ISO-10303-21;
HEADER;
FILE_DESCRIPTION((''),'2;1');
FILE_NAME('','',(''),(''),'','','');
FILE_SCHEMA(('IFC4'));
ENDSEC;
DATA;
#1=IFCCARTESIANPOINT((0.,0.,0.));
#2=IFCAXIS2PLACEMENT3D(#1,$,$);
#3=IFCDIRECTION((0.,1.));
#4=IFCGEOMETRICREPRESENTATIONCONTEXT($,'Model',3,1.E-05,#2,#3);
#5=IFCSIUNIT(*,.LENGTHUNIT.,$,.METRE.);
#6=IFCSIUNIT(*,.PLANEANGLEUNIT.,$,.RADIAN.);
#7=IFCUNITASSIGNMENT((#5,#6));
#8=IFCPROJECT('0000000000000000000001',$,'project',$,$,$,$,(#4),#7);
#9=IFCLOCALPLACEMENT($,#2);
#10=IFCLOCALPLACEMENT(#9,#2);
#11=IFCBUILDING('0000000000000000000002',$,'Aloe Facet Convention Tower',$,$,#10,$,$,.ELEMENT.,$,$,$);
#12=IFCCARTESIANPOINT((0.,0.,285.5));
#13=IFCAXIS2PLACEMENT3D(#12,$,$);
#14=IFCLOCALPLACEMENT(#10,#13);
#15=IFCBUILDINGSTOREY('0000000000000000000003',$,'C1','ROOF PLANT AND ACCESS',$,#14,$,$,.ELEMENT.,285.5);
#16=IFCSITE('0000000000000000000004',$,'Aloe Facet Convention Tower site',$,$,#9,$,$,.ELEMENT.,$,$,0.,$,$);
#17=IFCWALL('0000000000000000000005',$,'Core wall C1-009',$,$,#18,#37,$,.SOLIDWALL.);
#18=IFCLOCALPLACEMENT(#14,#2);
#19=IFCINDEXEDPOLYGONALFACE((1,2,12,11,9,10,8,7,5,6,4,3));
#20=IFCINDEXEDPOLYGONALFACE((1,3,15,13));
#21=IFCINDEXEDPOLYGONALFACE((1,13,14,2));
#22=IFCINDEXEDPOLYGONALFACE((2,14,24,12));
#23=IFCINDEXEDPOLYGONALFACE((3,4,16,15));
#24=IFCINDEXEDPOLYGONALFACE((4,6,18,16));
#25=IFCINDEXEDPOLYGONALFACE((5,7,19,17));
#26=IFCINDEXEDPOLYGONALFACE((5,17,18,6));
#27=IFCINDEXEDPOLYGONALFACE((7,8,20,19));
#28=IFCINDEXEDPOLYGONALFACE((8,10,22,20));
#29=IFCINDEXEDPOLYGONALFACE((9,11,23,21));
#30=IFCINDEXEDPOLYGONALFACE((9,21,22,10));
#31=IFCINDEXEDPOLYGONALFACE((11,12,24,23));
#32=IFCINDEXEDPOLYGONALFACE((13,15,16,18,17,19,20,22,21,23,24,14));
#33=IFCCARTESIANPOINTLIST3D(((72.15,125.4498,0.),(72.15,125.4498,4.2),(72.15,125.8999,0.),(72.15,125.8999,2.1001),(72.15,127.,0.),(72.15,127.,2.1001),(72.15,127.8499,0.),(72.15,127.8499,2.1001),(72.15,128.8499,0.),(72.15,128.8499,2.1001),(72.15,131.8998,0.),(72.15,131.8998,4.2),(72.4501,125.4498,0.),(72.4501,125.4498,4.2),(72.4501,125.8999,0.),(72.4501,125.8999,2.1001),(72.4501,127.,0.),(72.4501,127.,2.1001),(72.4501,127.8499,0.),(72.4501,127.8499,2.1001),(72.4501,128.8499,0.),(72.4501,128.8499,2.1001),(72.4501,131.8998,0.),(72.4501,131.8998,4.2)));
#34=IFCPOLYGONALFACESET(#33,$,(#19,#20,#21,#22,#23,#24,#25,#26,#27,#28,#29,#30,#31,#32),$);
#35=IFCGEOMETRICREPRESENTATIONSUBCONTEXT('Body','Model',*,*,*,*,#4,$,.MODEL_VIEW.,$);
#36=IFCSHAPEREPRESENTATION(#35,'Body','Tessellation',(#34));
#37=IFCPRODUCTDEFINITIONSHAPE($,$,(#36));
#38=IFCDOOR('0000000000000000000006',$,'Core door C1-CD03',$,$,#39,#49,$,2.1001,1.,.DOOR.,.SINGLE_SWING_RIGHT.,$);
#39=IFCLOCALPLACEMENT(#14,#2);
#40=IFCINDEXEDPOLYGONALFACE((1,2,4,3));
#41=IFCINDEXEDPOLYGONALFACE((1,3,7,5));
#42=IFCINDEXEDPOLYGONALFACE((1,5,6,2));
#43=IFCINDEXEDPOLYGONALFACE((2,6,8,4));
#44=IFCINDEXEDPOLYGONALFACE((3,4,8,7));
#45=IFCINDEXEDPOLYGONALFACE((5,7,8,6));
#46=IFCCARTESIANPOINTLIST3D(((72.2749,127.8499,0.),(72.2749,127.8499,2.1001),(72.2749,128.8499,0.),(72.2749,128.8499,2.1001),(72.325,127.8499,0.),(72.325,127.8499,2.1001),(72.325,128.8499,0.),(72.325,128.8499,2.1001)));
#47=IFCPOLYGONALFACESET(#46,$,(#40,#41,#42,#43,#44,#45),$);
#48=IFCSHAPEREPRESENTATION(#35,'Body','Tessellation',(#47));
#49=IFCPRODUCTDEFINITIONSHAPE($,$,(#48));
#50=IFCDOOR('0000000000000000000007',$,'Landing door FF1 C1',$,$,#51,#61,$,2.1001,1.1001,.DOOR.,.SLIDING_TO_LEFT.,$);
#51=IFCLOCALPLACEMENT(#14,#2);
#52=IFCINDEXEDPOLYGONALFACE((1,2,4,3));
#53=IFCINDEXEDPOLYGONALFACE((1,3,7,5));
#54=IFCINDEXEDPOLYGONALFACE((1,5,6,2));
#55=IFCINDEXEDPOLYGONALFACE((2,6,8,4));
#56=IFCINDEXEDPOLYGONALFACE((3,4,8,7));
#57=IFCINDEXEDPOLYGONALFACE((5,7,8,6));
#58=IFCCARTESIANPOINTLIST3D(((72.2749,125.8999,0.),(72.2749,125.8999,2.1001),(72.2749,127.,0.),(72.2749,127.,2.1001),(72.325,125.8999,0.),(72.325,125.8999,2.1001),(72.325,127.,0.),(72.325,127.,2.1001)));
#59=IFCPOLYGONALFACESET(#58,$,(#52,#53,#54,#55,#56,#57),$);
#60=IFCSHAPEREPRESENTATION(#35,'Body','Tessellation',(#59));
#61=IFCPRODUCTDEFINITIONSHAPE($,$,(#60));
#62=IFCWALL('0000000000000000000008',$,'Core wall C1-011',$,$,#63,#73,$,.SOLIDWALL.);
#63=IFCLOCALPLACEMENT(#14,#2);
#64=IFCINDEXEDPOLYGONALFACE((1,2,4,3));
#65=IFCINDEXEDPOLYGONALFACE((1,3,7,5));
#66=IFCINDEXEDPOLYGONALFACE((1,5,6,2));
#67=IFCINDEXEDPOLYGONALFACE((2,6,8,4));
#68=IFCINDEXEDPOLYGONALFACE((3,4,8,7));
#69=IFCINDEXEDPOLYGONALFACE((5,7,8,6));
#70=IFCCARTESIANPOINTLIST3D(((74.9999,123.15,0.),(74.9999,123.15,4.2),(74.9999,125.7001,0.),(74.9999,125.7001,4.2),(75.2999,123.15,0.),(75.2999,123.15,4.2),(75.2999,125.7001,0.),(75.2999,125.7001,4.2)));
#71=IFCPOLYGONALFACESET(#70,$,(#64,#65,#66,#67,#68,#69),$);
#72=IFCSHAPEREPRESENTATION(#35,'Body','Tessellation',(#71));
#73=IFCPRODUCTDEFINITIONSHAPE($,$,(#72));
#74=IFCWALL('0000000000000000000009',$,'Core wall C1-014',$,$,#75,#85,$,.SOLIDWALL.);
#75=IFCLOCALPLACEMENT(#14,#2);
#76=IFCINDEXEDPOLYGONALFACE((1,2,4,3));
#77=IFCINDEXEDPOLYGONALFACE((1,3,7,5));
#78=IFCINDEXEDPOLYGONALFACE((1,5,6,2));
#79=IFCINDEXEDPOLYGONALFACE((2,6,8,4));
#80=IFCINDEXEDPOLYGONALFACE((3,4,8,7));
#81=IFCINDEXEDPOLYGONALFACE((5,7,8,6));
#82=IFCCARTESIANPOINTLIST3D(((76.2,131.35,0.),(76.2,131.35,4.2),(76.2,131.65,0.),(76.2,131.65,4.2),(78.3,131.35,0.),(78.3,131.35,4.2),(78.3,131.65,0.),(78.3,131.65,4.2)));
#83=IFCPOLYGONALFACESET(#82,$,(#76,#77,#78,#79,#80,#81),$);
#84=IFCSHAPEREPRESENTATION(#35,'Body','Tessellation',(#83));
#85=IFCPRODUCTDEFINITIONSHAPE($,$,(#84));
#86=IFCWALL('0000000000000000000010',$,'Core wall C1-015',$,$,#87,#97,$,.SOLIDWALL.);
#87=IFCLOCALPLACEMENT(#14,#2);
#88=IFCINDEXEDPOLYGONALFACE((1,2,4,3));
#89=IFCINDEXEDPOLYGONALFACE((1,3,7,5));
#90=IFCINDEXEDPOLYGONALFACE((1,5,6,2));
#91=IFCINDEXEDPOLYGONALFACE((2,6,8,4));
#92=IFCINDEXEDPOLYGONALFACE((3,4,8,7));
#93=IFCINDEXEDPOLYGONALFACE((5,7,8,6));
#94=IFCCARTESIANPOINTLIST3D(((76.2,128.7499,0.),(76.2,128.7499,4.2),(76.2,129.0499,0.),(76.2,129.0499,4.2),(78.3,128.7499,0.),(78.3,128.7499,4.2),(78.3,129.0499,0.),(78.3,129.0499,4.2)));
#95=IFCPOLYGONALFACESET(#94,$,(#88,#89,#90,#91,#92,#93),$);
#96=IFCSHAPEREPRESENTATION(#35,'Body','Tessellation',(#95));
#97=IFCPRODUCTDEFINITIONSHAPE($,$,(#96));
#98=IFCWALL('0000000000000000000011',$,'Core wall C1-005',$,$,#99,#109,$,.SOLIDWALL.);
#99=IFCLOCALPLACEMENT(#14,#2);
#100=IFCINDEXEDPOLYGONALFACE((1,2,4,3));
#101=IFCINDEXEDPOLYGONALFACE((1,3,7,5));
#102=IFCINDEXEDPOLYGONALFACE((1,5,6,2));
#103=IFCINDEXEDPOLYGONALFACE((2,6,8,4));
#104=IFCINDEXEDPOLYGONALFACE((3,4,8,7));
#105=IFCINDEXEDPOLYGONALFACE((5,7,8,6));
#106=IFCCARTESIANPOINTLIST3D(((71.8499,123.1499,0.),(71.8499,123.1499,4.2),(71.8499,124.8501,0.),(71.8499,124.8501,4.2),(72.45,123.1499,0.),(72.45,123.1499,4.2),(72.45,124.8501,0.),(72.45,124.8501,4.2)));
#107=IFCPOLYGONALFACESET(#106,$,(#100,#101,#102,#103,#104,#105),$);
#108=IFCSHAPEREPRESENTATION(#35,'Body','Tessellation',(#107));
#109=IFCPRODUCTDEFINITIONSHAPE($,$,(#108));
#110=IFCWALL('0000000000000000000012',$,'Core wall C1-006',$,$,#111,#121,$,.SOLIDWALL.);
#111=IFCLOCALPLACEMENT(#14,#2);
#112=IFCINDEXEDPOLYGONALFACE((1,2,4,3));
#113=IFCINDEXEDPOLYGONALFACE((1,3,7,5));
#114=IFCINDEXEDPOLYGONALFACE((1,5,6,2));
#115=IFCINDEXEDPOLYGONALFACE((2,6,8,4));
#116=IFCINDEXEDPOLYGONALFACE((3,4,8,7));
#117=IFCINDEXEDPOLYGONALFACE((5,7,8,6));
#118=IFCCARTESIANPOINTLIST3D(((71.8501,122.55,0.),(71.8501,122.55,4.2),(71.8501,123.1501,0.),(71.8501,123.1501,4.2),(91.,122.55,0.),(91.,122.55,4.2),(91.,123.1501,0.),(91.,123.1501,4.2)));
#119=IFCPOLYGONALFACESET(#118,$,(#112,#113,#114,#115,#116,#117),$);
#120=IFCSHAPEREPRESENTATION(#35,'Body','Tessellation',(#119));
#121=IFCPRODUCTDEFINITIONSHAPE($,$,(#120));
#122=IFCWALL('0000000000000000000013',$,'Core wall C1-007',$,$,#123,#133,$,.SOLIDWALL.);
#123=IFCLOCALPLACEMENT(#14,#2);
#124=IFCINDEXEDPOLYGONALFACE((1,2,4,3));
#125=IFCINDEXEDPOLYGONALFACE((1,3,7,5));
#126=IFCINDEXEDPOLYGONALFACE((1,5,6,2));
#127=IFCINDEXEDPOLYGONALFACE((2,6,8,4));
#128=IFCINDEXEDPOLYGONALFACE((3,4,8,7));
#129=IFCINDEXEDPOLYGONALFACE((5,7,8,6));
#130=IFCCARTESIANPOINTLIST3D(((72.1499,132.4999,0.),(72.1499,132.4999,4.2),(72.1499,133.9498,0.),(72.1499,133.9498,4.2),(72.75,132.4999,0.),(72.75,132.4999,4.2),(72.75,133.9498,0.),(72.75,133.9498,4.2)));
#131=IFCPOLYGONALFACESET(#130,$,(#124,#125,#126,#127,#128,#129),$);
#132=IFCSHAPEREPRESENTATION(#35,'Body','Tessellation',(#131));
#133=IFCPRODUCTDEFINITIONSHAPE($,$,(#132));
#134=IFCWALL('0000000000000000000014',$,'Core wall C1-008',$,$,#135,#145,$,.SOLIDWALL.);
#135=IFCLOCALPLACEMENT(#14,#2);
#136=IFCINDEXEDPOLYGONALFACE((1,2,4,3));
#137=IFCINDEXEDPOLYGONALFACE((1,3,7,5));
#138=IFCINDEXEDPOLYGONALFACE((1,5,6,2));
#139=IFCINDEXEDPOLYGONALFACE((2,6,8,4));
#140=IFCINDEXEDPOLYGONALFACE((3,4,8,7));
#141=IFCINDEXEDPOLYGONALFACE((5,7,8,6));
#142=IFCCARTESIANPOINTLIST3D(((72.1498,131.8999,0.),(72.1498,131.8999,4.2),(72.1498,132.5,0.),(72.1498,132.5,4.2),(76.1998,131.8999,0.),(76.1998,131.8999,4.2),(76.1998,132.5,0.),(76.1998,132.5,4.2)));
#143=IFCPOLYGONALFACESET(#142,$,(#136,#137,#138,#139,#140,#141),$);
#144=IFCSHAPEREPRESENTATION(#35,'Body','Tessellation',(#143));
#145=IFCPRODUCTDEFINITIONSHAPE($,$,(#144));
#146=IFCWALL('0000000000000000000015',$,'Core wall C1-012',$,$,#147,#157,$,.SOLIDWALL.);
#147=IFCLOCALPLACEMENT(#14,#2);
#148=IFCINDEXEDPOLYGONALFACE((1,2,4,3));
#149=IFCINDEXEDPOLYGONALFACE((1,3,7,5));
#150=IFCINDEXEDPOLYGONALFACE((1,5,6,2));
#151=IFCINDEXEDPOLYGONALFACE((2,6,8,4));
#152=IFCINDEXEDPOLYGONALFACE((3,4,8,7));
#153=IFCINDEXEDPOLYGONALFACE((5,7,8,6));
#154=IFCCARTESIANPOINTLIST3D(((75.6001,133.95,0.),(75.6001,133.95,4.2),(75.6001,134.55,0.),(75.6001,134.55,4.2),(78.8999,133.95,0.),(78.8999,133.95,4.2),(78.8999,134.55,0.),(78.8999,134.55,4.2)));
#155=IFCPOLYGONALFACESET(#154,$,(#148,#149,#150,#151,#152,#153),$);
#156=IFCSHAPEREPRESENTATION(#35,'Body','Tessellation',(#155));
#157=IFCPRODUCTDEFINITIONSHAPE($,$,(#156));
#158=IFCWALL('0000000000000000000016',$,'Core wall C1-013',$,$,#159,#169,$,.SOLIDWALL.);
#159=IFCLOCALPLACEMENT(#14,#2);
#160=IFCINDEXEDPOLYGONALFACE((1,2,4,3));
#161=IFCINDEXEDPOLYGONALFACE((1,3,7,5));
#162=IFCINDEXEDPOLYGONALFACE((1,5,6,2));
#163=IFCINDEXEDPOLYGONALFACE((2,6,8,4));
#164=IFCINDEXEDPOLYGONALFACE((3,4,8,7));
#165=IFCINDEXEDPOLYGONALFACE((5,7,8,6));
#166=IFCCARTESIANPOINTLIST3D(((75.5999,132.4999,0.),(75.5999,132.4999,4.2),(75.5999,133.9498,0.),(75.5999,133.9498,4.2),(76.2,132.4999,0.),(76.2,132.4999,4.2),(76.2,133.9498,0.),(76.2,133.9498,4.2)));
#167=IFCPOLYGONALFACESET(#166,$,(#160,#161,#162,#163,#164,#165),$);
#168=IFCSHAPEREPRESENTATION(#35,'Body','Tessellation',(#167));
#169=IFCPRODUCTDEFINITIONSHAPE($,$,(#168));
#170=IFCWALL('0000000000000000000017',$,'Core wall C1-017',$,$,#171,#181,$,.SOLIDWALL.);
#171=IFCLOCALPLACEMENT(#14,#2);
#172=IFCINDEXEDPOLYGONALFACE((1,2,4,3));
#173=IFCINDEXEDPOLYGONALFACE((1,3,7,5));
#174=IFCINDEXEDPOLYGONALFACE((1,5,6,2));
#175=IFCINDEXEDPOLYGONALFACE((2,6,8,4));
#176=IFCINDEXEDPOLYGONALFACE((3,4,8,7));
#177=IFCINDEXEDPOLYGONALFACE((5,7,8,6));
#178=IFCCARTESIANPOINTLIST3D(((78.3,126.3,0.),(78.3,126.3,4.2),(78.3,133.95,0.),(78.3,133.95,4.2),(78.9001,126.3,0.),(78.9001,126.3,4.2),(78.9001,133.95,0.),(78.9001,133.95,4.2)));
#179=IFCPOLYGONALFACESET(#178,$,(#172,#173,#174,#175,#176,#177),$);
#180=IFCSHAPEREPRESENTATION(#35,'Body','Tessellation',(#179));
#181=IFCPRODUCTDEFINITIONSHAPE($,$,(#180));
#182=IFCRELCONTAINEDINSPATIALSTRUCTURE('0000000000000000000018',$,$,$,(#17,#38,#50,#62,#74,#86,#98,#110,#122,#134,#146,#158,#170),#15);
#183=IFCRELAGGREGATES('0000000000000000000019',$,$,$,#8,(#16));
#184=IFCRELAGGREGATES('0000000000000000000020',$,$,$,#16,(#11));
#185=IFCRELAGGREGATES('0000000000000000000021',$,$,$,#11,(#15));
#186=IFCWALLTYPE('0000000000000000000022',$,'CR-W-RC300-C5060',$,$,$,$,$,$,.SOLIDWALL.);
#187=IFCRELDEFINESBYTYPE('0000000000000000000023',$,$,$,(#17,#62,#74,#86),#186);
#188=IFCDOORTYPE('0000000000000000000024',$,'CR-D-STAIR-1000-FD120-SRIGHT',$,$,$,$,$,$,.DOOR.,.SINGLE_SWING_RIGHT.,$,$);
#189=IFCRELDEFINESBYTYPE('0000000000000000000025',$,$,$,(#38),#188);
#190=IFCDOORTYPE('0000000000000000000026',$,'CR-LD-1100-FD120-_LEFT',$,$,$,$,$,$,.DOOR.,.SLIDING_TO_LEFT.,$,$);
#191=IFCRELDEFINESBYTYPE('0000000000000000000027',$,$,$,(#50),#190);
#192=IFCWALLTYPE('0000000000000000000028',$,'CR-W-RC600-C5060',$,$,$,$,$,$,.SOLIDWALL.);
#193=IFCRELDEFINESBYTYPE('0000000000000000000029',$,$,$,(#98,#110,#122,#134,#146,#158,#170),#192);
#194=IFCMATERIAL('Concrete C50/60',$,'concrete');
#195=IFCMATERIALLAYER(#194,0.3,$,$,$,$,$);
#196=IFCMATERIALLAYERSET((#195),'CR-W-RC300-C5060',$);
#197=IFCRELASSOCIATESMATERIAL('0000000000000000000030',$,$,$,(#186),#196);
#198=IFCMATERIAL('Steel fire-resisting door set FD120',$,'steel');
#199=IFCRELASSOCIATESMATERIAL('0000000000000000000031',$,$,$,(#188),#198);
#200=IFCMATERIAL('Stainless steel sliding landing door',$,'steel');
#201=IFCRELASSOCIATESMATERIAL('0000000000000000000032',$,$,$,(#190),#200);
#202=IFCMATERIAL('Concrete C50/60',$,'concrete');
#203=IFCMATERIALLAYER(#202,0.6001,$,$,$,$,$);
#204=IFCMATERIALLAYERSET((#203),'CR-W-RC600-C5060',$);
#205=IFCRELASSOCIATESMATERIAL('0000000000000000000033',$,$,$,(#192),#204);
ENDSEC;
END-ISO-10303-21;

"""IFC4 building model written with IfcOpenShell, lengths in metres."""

from ifc_helpers import new_model, si_unit, direction, frame, frame_2d, origin, place, context, subcontext, project, spatial, rectangle, extrude, material, layer, layer_set, type_object, element, fill, save


model = new_model("IFC4")

# Units and contexts
model_context = context("Model", 3, precision=1e-05, world=origin(), true_north=direction((0.0, 1.0)))
body_context = subcontext(model_context, "Body", "Model", "MODEL_VIEW")
ifc_project = project(units=[si_unit("LENGTHUNIT", "METRE"), si_unit("PLANEANGLEUNIT", "RADIAN")], contexts=[model_context])

# Site, building, storey
site_placement = place(None, origin())
site = spatial("IfcSite", under=ifc_project, at=site_placement, Name="Aloe Facet Convention Tower site", CompositionType="ELEMENT", RefElevation=0.0)
building_placement = place(site_placement, origin())
building = spatial("IfcBuilding", under=site, at=building_placement, Name="Aloe Facet Convention Tower", CompositionType="ELEMENT")
storey_placement = place(building_placement, frame((0.0, 0.0, 285.5)))
storey = spatial("IfcBuildingStorey", under=building, at=storey_placement, Name="C1", Description="ROOF PLANT AND ACCESS", CompositionType="ELEMENT", Elevation=285.5)

# Wall, openings, doors
ifc_material_1 = material(Name="Concrete C50/60", Category="concrete")
ifc_layer_1 = layer(ifc_material_1, 0.3)
ifc_layer_set_1 = layer_set([ifc_layer_1], Name="CR-W-RC300-C5060")
wall_type_1 = type_object("IfcWallType", Name="CR-W-RC300-C5060", PredefinedType="SOLIDWALL", material=ifc_layer_set_1)
wall_1_placement = place(storey_placement, frame((72.3, 131.8999, 0.0), z_axis=(0.0, 0.0, 1.0), x_axis=(0.0, -1.0, 0.0)))
wall_1 = element("IfcWall", 1, at=wall_1_placement, inside=storey, type_object=wall_type_1, Name="Core wall C1-009", PredefinedType="SOLIDWALL", context=body_context, shape_type="SweptSolid", body=[
    extrude(rectangle(XDim=6.45, YDim=0.3, at=frame_2d((3.2251, 0.0))), origin(), (0.0, 0.0, 1.0), 4.2),
])
opening_1_placement = place(wall_1_placement, frame((4.8999, 0.0, 0.0)))
opening_1 = element("IfcOpeningElement", 2, at=opening_1_placement, cuts=wall_1, PredefinedType="OPENING", context=body_context, shape_type="SweptSolid", body=[
    extrude(rectangle(XDim=1.1001, YDim=2.1001, at=frame_2d((0.55, 1.05))), frame((0.0, 0.1602, 0.0), z_axis=(0.0, -1.0, 0.0), x_axis=(1.0, 0.0, 0.0)), (0.0, 0.0, 1.0), 0.3201),
])
opening_2_placement = place(wall_1_placement, frame((3.05, 0.0, 0.0)))
opening_2 = element("IfcOpeningElement", 3, at=opening_2_placement, cuts=wall_1, PredefinedType="OPENING", context=body_context, shape_type="SweptSolid", body=[
    extrude(rectangle(XDim=1.0, YDim=2.1001, at=frame_2d((0.5, 1.05))), frame((0.0, 0.1602, 0.0), z_axis=(0.0, -1.0, 0.0), x_axis=(1.0, 0.0, 0.0)), (0.0, 0.0, 1.0), 0.3201),
])
ifc_material_2 = material(Name="Steel fire-resisting door set FD120", Category="steel")
door_type_1 = type_object("IfcDoorType", Name="CR-D-STAIR-1000-FD120-SRIGHT", OperationType="SINGLE_SWING_RIGHT", PredefinedType="DOOR", material=ifc_material_2)
door_1_placement = place(opening_2_placement, origin())
door_1 = element("IfcDoor", 4, at=door_1_placement, inside=storey, type_object=door_type_1, Name="Core door C1-CD03", OperationType="SINGLE_SWING_RIGHT", OverallHeight=2.1001, OverallWidth=1.0, PredefinedType="DOOR", context=body_context, shape_type="SweptSolid", body=[
    extrude(rectangle(XDim=1.0, YDim=2.1001, at=frame_2d((0.5, 1.05))), frame((0.0, 0.0249, 0.0), z_axis=(0.0, -1.0, 0.0), x_axis=(1.0, 0.0, 0.0)), (0.0, 0.0, 1.0), 0.05),
])
fill(opening_2, door_1)
ifc_material_3 = material(Name="Stainless steel sliding landing door", Category="steel")
door_type_2 = type_object("IfcDoorType", Name="CR-LD-1100-FD120-_LEFT", OperationType="SLIDING_TO_LEFT", PredefinedType="DOOR", material=ifc_material_3)
door_2_placement = place(opening_1_placement, origin())
door_2 = element("IfcDoor", 5, at=door_2_placement, inside=storey, type_object=door_type_2, Name="Landing door FF1 C1", OperationType="SLIDING_TO_LEFT", OverallHeight=2.1001, OverallWidth=1.1001, PredefinedType="DOOR", context=body_context, shape_type="SweptSolid", body=[
    extrude(rectangle(XDim=1.1001, YDim=2.1001, at=frame_2d((0.55, 1.05))), frame((0.0, 0.0249, 0.0), z_axis=(0.0, -1.0, 0.0), x_axis=(1.0, 0.0, 0.0)), (0.0, 0.0, 1.0), 0.05),
])
fill(opening_1, door_2)

# Walls
wall_2_placement = place(storey_placement, frame((75.1499, 125.7, 0.0), z_axis=(0.0, 0.0, 1.0), x_axis=(0.0, -1.0, 0.0)))
element("IfcWall", 6, at=wall_2_placement, inside=storey, type_object=wall_type_1, Name="Core wall C1-011", PredefinedType="SOLIDWALL", context=body_context, shape_type="SweptSolid", body=[
    extrude(rectangle(XDim=2.55, YDim=0.3, at=frame_2d((1.2749, 0.0))), origin(), (0.0, 0.0, 1.0), 4.2),
])
for number, where, z_axis, x_axis, name in (
    (7, (76.2, 131.5, 0.0), (0.0, 0.0, 1.0), (1.0, 0.0, 0.0), "Core wall C1-014"),
    (8, (76.2, 128.8999, 0.0), (0.0, 0.0, 1.0), (1.0, 0.0, 0.0), "Core wall C1-015"),
):
    element("IfcWall", number, at=place(storey_placement, frame(where, z_axis=z_axis, x_axis=x_axis)), inside=storey, type_object=wall_type_1, Name=name, PredefinedType="SOLIDWALL", context=body_context, shape_type="SweptSolid", body=[
        extrude(rectangle(XDim=2.1001, YDim=0.3, at=frame_2d((1.05, 0.0))), origin(), (0.0, 0.0, 1.0), 4.2),
    ])
ifc_material_4 = material(Name="Concrete C50/60", Category="concrete")
ifc_layer_2 = layer(ifc_material_4, 0.6001)
ifc_layer_set_2 = layer_set([ifc_layer_2], Name="CR-W-RC600-C5060")
wall_type_2 = type_object("IfcWallType", Name="CR-W-RC600-C5060", PredefinedType="SOLIDWALL", material=ifc_layer_set_2)
wall_3_placement = place(storey_placement, frame((72.1499, 124.8501, 0.0), z_axis=(0.0, 0.0, 1.0), x_axis=(0.0, -1.0, 0.0)))
element("IfcWall", 9, at=wall_3_placement, inside=storey, type_object=wall_type_2, Name="Core wall C1-005", PredefinedType="SOLIDWALL", context=body_context, shape_type="SweptSolid", body=[
    extrude(rectangle(XDim=1.7002, YDim=0.6001, at=frame_2d((0.8501, 0.0))), origin(), (0.0, 0.0, 1.0), 4.2),
])
wall_4_placement = place(storey_placement, frame((71.8501, 122.8501, 0.0), z_axis=(0.0, 0.0, 1.0), x_axis=(1.0, 0.0, 0.0)))
element("IfcWall", 10, at=wall_4_placement, inside=storey, type_object=wall_type_2, Name="Core wall C1-006", PredefinedType="SOLIDWALL", context=body_context, shape_type="SweptSolid", body=[
    extrude(rectangle(XDim=19.1499, YDim=0.6001, at=frame_2d((9.575, 0.0))), origin(), (0.0, 0.0, 1.0), 4.2),
])
wall_5_placement = place(storey_placement, frame((72.45, 133.95, 0.0), z_axis=(0.0, 0.0, 1.0), x_axis=(0.0, -1.0, 0.0)))
element("IfcWall", 11, at=wall_5_placement, inside=storey, type_object=wall_type_2, Name="Core wall C1-007", PredefinedType="SOLIDWALL", context=body_context, shape_type="SweptSolid", body=[
    extrude(rectangle(XDim=1.45, YDim=0.6001, at=frame_2d((0.7251, 0.0))), origin(), (0.0, 0.0, 1.0), 4.2),
])
wall_6_placement = place(storey_placement, frame((72.1499, 132.2, 0.0), z_axis=(0.0, 0.0, 1.0), x_axis=(1.0, 0.0, 0.0)))
element("IfcWall", 12, at=wall_6_placement, inside=storey, type_object=wall_type_2, Name="Core wall C1-008", PredefinedType="SOLIDWALL", context=body_context, shape_type="SweptSolid", body=[
    extrude(rectangle(XDim=4.05, YDim=0.6001, at=frame_2d((2.0249, 0.0))), origin(), (0.0, 0.0, 1.0), 4.2),
])
wall_7_placement = place(storey_placement, frame((75.6001, 134.25, 0.0), z_axis=(0.0, 0.0, 1.0), x_axis=(1.0, 0.0, 0.0)))
element("IfcWall", 13, at=wall_7_placement, inside=storey, type_object=wall_type_2, Name="Core wall C1-012", PredefinedType="SOLIDWALL", context=body_context, shape_type="SweptSolid", body=[
    extrude(rectangle(XDim=3.2998, YDim=0.6001, at=frame_2d((1.6499, 0.0))), origin(), (0.0, 0.0, 1.0), 4.2),
])
wall_8_placement = place(storey_placement, frame((75.8999, 133.95, 0.0), z_axis=(0.0, 0.0, 1.0), x_axis=(0.0, -1.0, 0.0)))
element("IfcWall", 14, at=wall_8_placement, inside=storey, type_object=wall_type_2, Name="Core wall C1-013", PredefinedType="SOLIDWALL", context=body_context, shape_type="SweptSolid", body=[
    extrude(rectangle(XDim=1.45, YDim=0.6001, at=frame_2d((0.7251, 0.0))), origin(), (0.0, 0.0, 1.0), 4.2),
])
wall_9_placement = place(storey_placement, frame((78.6001, 133.95, 0.0), z_axis=(0.0, 0.0, 1.0), x_axis=(0.0, -1.0, 0.0)))
element("IfcWall", 15, at=wall_9_placement, inside=storey, type_object=wall_type_2, Name="Core wall C1-017", PredefinedType="SOLIDWALL", context=body_context, shape_type="SweptSolid", body=[
    extrude(rectangle(XDim=7.6499, YDim=0.6001, at=frame_2d((3.825, 0.0))), origin(), (0.0, 0.0, 1.0), 4.2),
])

save(model, "model.ifc")
